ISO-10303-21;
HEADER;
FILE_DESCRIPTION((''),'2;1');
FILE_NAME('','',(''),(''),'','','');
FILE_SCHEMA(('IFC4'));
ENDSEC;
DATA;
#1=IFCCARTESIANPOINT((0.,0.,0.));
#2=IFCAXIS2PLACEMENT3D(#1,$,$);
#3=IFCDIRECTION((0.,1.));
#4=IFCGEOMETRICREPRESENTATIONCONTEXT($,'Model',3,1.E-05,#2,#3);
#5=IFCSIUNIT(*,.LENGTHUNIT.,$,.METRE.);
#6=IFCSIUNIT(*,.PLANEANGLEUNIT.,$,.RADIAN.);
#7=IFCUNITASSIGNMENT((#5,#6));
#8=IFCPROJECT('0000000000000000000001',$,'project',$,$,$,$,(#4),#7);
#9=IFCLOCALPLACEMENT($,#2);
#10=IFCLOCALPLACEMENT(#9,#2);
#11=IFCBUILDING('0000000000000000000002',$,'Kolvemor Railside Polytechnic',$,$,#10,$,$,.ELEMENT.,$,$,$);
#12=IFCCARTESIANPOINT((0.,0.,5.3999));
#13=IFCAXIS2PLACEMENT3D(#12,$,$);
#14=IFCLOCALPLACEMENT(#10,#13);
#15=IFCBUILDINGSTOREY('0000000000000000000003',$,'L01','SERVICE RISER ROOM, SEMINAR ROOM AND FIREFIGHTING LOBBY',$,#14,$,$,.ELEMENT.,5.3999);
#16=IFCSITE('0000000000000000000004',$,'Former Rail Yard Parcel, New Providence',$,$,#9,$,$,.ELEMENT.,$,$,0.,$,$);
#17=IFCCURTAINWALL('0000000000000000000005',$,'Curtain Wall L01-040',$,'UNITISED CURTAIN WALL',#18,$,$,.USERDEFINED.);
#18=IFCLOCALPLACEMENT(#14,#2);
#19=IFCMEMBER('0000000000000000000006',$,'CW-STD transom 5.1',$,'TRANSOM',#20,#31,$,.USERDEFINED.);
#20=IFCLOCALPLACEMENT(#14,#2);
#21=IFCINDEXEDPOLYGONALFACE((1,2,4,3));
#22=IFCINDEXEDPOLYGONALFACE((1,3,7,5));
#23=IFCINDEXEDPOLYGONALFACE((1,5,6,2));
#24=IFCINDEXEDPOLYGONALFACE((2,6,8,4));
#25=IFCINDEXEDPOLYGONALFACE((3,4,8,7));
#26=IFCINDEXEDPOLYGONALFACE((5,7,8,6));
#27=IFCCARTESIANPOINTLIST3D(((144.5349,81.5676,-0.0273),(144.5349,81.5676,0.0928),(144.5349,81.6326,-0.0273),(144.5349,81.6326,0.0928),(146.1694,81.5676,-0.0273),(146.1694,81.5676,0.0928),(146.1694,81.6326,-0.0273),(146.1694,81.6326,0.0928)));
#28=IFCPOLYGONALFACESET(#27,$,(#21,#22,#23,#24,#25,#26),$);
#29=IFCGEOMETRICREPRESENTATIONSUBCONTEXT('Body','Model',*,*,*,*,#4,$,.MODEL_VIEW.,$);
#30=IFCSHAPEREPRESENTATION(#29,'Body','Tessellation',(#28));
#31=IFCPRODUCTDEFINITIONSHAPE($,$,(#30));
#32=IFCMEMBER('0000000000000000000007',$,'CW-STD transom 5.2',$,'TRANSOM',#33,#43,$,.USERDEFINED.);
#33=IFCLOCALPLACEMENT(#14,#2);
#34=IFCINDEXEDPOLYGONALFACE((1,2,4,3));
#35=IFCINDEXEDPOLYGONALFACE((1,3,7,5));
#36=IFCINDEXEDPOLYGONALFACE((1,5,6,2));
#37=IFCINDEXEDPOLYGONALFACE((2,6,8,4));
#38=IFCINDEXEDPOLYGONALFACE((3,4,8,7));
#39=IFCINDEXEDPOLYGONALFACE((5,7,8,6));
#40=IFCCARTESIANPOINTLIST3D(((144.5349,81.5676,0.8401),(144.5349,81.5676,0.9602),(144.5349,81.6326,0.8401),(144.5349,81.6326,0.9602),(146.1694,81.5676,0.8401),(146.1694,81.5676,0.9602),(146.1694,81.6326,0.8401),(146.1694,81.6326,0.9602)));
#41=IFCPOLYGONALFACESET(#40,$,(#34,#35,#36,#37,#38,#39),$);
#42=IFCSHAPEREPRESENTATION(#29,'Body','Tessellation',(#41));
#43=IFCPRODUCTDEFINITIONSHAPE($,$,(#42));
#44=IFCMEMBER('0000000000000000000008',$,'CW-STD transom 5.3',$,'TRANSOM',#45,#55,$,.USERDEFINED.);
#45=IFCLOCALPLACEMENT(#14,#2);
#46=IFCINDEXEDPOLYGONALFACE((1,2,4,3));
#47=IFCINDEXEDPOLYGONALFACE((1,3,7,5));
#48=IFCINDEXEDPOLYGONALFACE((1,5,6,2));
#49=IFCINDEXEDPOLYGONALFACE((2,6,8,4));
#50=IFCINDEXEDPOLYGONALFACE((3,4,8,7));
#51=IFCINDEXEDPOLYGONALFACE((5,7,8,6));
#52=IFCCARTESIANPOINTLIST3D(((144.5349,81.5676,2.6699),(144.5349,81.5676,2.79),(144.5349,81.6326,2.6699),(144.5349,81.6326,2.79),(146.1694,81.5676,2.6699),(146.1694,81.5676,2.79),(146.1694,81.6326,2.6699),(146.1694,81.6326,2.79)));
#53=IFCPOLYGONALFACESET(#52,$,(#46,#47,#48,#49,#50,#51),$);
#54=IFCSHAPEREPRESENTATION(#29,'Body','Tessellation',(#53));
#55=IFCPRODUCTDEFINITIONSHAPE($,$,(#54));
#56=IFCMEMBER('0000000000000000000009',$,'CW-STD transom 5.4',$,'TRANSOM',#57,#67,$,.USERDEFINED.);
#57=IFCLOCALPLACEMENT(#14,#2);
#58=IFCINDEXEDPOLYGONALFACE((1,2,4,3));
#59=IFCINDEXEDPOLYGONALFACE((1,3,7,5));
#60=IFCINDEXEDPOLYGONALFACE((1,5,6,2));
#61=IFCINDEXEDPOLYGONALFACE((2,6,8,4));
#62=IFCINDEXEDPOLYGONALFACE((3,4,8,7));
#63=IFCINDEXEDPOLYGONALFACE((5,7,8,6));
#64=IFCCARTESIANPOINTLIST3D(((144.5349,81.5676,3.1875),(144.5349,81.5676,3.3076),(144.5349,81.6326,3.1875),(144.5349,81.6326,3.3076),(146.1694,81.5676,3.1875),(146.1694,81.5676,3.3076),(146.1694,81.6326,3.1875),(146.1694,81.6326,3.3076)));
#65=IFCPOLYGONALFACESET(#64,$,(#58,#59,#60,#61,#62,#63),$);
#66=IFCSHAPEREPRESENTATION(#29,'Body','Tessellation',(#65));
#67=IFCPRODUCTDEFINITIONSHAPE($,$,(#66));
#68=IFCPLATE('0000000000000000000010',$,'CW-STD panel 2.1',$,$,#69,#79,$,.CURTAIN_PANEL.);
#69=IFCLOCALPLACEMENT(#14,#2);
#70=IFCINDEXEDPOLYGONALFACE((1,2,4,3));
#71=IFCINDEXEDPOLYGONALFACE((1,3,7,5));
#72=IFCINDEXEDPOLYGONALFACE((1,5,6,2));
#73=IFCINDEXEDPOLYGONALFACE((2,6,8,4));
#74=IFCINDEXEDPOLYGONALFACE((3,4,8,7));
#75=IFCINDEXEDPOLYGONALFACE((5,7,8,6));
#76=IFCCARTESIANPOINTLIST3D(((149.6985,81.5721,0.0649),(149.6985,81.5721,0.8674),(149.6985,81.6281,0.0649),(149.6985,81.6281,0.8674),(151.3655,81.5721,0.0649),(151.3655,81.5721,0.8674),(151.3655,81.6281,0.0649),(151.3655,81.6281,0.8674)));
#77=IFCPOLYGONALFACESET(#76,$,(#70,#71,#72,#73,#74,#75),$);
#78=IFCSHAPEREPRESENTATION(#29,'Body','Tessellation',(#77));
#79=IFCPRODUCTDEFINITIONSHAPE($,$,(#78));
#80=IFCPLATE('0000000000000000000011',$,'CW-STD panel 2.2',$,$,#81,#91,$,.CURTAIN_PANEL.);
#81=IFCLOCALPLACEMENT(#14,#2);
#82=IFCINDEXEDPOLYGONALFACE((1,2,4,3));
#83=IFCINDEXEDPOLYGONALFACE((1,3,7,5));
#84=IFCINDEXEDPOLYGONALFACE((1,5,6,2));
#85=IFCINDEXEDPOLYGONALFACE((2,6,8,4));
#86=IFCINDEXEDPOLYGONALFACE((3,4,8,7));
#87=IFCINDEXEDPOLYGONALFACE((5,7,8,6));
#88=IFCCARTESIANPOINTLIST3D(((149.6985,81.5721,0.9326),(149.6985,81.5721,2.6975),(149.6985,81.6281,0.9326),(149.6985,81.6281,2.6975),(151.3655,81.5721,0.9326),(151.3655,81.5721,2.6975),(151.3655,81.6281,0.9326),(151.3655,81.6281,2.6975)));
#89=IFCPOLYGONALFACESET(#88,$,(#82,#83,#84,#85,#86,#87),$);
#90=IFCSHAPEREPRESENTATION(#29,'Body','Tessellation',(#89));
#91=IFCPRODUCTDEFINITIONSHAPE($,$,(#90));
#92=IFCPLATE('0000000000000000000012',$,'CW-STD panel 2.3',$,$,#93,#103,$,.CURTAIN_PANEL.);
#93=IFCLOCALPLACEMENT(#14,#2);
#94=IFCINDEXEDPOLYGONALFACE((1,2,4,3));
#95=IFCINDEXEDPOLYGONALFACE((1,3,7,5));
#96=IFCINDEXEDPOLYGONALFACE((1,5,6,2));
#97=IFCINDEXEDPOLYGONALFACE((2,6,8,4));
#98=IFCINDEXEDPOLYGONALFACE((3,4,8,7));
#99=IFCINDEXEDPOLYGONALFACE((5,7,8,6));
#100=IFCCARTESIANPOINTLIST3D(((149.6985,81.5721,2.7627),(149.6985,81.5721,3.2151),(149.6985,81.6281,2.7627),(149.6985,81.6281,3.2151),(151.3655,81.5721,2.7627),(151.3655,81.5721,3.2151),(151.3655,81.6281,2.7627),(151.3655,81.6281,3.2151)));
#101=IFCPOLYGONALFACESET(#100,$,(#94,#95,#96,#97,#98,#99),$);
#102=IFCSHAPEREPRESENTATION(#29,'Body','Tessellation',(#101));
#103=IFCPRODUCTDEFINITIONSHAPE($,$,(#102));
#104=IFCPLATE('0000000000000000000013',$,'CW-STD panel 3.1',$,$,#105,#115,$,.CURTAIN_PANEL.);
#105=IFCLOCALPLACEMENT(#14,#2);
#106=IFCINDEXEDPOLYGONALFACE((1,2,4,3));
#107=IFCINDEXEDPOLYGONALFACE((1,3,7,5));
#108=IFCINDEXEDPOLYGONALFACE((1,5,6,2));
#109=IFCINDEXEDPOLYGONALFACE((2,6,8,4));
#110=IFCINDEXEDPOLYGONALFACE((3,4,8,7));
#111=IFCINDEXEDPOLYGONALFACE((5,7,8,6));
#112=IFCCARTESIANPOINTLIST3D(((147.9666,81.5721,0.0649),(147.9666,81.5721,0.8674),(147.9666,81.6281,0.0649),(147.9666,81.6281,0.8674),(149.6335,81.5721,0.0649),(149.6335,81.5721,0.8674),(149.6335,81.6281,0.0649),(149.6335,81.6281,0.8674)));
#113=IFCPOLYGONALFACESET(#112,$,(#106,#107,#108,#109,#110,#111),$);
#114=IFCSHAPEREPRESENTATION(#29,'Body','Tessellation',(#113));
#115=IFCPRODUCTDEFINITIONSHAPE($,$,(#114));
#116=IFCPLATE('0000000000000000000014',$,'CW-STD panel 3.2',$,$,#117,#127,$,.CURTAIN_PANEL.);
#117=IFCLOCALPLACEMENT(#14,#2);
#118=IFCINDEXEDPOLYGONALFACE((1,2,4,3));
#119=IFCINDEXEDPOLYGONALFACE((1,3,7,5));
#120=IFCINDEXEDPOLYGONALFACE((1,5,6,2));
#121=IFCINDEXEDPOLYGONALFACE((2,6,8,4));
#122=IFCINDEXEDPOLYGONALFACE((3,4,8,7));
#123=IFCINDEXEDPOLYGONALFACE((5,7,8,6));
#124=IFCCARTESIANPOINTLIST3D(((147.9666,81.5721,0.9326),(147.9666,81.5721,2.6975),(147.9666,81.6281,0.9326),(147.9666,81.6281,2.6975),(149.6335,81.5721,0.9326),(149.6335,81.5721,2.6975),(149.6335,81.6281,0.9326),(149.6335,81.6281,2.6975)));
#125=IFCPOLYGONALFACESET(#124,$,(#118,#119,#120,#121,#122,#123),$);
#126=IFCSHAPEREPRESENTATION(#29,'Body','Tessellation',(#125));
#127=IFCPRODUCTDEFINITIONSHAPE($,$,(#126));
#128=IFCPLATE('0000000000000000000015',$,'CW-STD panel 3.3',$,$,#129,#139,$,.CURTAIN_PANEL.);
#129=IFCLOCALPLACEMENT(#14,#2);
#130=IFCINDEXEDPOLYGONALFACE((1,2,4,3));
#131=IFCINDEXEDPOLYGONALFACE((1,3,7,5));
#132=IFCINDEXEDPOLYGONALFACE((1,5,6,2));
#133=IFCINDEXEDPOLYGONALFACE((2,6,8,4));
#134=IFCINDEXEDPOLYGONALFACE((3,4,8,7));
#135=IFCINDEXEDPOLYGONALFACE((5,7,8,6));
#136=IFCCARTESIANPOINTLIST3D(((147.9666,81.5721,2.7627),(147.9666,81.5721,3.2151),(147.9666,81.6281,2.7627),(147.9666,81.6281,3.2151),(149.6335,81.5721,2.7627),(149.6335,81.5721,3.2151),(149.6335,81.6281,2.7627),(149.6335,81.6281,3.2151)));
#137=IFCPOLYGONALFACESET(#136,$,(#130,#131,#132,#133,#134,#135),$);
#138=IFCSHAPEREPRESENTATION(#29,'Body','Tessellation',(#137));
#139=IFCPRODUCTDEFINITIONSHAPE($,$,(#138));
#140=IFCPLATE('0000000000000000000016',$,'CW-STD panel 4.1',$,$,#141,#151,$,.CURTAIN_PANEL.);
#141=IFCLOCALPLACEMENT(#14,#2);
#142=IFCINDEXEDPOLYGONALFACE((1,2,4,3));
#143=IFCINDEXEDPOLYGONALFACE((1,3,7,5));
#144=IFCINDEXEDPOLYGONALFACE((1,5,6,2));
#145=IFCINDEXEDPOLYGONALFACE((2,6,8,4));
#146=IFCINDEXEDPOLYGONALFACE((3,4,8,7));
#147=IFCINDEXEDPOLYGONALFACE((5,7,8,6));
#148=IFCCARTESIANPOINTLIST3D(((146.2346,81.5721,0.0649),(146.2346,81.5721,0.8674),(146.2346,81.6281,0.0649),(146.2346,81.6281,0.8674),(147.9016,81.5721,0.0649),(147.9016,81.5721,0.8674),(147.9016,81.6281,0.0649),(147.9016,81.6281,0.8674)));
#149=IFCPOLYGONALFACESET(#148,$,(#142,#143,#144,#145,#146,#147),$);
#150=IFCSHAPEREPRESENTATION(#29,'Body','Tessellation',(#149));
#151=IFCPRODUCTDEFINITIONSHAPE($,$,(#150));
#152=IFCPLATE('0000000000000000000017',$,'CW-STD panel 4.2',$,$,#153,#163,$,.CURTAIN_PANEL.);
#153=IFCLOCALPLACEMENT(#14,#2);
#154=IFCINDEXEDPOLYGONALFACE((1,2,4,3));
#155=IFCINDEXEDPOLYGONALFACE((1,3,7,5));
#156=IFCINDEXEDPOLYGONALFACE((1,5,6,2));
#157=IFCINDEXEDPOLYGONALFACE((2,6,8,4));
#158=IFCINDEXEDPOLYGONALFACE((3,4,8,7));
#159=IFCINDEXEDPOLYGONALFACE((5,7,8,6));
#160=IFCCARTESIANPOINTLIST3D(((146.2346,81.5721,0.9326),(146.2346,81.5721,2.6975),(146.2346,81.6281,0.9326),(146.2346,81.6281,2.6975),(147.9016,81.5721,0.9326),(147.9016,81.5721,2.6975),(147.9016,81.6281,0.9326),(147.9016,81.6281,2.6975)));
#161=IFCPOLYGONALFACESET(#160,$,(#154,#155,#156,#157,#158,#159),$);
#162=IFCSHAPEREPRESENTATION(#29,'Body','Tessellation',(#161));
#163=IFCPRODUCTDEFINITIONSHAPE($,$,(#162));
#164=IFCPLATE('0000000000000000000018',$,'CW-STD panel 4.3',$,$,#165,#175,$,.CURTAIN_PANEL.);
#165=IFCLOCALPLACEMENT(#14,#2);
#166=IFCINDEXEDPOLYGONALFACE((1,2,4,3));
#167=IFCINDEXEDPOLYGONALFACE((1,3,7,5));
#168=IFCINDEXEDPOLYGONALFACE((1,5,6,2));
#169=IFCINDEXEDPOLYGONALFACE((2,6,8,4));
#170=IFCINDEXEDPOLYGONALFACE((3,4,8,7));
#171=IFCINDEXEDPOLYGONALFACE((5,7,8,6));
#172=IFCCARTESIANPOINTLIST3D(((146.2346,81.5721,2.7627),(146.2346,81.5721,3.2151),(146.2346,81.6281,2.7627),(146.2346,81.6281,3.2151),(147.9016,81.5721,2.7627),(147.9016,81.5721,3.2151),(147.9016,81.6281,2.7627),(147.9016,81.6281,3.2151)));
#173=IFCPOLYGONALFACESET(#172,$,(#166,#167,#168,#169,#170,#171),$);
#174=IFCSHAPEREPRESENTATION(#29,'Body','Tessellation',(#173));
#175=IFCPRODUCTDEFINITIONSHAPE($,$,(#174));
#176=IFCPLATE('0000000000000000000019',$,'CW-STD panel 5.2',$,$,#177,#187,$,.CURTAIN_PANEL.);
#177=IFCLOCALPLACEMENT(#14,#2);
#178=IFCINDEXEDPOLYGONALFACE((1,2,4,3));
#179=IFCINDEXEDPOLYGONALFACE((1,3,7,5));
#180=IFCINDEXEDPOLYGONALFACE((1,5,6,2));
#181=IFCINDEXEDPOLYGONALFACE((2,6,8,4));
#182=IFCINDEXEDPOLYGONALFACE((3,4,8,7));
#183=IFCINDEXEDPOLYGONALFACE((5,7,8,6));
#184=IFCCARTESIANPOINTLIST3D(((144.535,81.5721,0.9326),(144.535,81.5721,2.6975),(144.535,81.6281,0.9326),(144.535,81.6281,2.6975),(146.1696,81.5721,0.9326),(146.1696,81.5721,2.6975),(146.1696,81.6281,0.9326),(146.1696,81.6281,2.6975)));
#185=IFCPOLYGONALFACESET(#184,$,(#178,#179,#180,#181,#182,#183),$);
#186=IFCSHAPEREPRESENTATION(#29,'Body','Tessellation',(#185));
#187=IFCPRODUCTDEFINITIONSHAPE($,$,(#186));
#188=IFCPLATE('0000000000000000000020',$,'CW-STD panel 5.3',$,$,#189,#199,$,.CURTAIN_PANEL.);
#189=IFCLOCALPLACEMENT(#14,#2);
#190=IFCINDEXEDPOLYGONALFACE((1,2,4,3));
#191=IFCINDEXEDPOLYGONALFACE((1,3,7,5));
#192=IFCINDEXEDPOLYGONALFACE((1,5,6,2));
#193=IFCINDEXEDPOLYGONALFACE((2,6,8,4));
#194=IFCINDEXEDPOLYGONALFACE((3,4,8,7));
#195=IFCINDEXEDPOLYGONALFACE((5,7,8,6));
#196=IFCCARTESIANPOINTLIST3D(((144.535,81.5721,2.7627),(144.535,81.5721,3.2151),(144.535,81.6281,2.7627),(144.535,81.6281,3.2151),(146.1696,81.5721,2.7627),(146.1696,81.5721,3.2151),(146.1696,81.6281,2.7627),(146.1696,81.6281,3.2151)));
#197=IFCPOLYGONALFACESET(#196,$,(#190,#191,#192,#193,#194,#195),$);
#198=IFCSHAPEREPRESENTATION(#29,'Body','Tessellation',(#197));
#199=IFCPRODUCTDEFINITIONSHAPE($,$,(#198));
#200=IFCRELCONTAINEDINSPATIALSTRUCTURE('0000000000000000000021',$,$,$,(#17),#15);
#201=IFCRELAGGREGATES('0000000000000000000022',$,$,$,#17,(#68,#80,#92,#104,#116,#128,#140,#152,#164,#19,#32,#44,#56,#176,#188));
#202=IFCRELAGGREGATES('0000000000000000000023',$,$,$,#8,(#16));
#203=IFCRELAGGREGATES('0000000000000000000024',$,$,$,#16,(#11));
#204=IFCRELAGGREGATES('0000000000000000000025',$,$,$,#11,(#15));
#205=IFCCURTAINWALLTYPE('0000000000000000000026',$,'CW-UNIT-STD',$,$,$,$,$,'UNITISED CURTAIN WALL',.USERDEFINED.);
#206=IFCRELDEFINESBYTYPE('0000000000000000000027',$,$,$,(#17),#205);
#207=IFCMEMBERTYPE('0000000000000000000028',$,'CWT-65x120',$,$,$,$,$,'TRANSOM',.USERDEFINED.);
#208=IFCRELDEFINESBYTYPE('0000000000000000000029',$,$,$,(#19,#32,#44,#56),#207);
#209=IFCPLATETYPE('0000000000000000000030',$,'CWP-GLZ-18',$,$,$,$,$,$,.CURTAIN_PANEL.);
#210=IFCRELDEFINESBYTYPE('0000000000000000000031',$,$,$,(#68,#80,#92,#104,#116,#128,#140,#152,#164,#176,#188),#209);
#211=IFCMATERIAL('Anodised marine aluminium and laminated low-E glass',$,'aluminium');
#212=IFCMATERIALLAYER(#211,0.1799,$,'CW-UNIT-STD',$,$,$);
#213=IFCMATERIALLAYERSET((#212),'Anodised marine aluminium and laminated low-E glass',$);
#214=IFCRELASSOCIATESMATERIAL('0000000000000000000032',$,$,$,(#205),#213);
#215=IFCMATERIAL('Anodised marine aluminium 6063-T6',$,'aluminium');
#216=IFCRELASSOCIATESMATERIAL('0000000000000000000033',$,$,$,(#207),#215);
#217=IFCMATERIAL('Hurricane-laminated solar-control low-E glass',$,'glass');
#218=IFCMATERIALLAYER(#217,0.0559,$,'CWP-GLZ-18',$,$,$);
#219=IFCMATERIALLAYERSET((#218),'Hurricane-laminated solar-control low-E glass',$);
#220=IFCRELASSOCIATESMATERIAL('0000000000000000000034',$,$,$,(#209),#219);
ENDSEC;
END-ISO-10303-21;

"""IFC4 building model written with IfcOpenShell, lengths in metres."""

from ifc_helpers import new_model, si_unit, direction, frame, origin, origin_2d, place, context, subcontext, project, spatial, rectangle, extrude, material, layer, layer_set, material_profile, profile_set, type_object, element, aggregate, save


model = new_model("IFC4")

# Units and contexts
model_context = context("Model", 3, precision=1e-05, world=origin(), true_north=direction((0.0, 1.0)))
body_context = subcontext(model_context, "Body", "Model", "MODEL_VIEW")
ifc_project = project(units=[si_unit("LENGTHUNIT", "METRE"), si_unit("PLANEANGLEUNIT", "RADIAN")], contexts=[model_context])

# Site, building, storey
site_placement = place(None, origin())
site = spatial("IfcSite", under=ifc_project, at=site_placement, Name="Former Rail Yard Parcel, New Providence", CompositionType="ELEMENT", RefElevation=0.0)
building_placement = place(site_placement, origin())
building = spatial("IfcBuilding", under=site, at=building_placement, Name="Kolvemor Railside Polytechnic", CompositionType="ELEMENT")
storey_placement = place(building_placement, frame((0.0, 0.0, 5.3999)))
storey = spatial("IfcBuildingStorey", under=building, at=storey_placement, Name="L01", Description="SERVICE RISER ROOM, SEMINAR ROOM AND FIREFIGHTING LOBBY", CompositionType="ELEMENT", Elevation=5.3999)

# Curtain wall, members, plates
ifc_material_1 = material(Name="Anodised marine aluminium and laminated low-E glass", Category="aluminium")
ifc_layer_1 = layer(ifc_material_1, 0.1799, Name="CW-UNIT-STD")
ifc_layer_set_1 = layer_set([ifc_layer_1], Name="Anodised marine aluminium and laminated low-E glass")
curtain_wall_type = type_object("IfcCurtainWallType", Name="CW-UNIT-STD", ElementType="UNITISED CURTAIN WALL", PredefinedType="USERDEFINED", material=ifc_layer_set_1)
curtain_wall_placement = place(storey_placement, origin())
curtain_wall = element("IfcCurtainWall", 1, at=curtain_wall_placement, inside=storey, type_object=curtain_wall_type, Name="Curtain Wall L01-040", ObjectType="UNITISED CURTAIN WALL", PredefinedType="USERDEFINED")
ifc_material_2 = material(Name="Anodised marine aluminium 6063-T6", Category="aluminium")
ifc_material_profile_1 = material_profile(ifc_material_2, rectangle(XDim=0.0649, YDim=0.1201, at=origin_2d()), Name="CW-TRN-65x120")
ifc_profile_set_1 = profile_set([ifc_material_profile_1], Name="Anodised marine aluminium 6063-T6")
member_type_1 = type_object("IfcMemberType", Name="CWT-65x120", ElementType="TRANSOM", PredefinedType="USERDEFINED", material=ifc_profile_set_1)
member_1_placement = place(storey_placement, frame((146.1694, 81.6001, 0.0327), z_axis=(-1.0, 0.0, 0.0), x_axis=(0.0, -1.0, 0.0)))
member_1 = element("IfcMember", 2, at=member_1_placement, type_object=member_type_1, Name="CW-STD transom 5.1", ObjectType="TRANSOM", PredefinedType="USERDEFINED", context=body_context, shape_type="SweptSolid", body=[
    extrude(rectangle(XDim=0.0649, YDim=0.1201, at=origin_2d()), origin(), (0.0, 0.0, 1.0), 1.6345),
])
member_2_placement = place(storey_placement, frame((146.1694, 81.6001, 0.9001), z_axis=(-1.0, 0.0, 0.0), x_axis=(0.0, -1.0, 0.0)))
member_2 = element("IfcMember", 3, at=member_2_placement, type_object=member_type_1, Name="CW-STD transom 5.2", ObjectType="TRANSOM", PredefinedType="USERDEFINED", context=body_context, shape_type="SweptSolid", body=[
    extrude(rectangle(XDim=0.0649, YDim=0.1201, at=origin_2d()), origin(), (0.0, 0.0, 1.0), 1.6345),
])
member_3_placement = place(storey_placement, frame((146.1694, 81.6001, 2.73), z_axis=(-1.0, 0.0, 0.0), x_axis=(0.0, -1.0, 0.0)))
member_3 = element("IfcMember", 4, at=member_3_placement, type_object=member_type_1, Name="CW-STD transom 5.3", ObjectType="TRANSOM", PredefinedType="USERDEFINED", context=body_context, shape_type="SweptSolid", body=[
    extrude(rectangle(XDim=0.0649, YDim=0.1201, at=origin_2d()), origin(), (0.0, 0.0, 1.0), 1.6345),
])
member_4_placement = place(storey_placement, frame((146.1694, 81.6001, 3.2476), z_axis=(-1.0, 0.0, 0.0), x_axis=(0.0, -1.0, 0.0)))
member_4 = element("IfcMember", 5, at=member_4_placement, type_object=member_type_1, Name="CW-STD transom 5.4", ObjectType="TRANSOM", PredefinedType="USERDEFINED", context=body_context, shape_type="SweptSolid", body=[
    extrude(rectangle(XDim=0.0649, YDim=0.1201, at=origin_2d()), origin(), (0.0, 0.0, 1.0), 1.6345),
])
ifc_material_3 = material(Name="Hurricane-laminated solar-control low-E glass", Category="glass")
ifc_layer_2 = layer(ifc_material_3, 0.0559, Name="CWP-GLZ-18")
ifc_layer_set_2 = layer_set([ifc_layer_2], Name="Hurricane-laminated solar-control low-E glass")
plate_type = type_object("IfcPlateType", Name="CWP-GLZ-18", PredefinedType="CURTAIN_PANEL", material=ifc_layer_set_2)
plate_1_placement = place(storey_placement, frame((150.532, 81.6001, 0.0649), z_axis=(0.0, 0.0, 1.0), x_axis=(-1.0, 0.0, 0.0)))
plate_1 = element("IfcPlate", 6, at=plate_1_placement, type_object=plate_type, Name="CW-STD panel 2.1", PredefinedType="CURTAIN_PANEL", context=body_context, shape_type="SweptSolid", body=[
    extrude(rectangle(XDim=1.667, YDim=0.0559, at=origin_2d()), origin(), (0.0, 0.0, 1.0), 0.8025),
])
plate_2_placement = place(storey_placement, frame((150.532, 81.6001, 0.9326), z_axis=(0.0, 0.0, 1.0), x_axis=(-1.0, 0.0, 0.0)))
plate_2 = element("IfcPlate", 7, at=plate_2_placement, type_object=plate_type, Name="CW-STD panel 2.2", PredefinedType="CURTAIN_PANEL", context=body_context, shape_type="SweptSolid", body=[
    extrude(rectangle(XDim=1.667, YDim=0.0559, at=origin_2d()), origin(), (0.0, 0.0, 1.0), 1.7649),
])
plate_3_placement = place(storey_placement, frame((150.532, 81.6001, 2.7627), z_axis=(0.0, 0.0, 1.0), x_axis=(-1.0, 0.0, 0.0)))
plate_3 = element("IfcPlate", 8, at=plate_3_placement, type_object=plate_type, Name="CW-STD panel 2.3", PredefinedType="CURTAIN_PANEL", context=body_context, shape_type="SweptSolid", body=[
    extrude(rectangle(XDim=1.667, YDim=0.0559, at=origin_2d()), origin(), (0.0, 0.0, 1.0), 0.4524),
])
plate_4_placement = place(storey_placement, frame((148.8, 81.6001, 0.0649), z_axis=(0.0, 0.0, 1.0), x_axis=(-1.0, 0.0, 0.0)))
plate_4 = element("IfcPlate", 9, at=plate_4_placement, type_object=plate_type, Name="CW-STD panel 3.1", PredefinedType="CURTAIN_PANEL", context=body_context, shape_type="SweptSolid", body=[
    extrude(rectangle(XDim=1.667, YDim=0.0559, at=origin_2d()), origin(), (0.0, 0.0, 1.0), 0.8025),
])
plate_5_placement = place(storey_placement, frame((148.8, 81.6001, 0.9326), z_axis=(0.0, 0.0, 1.0), x_axis=(-1.0, 0.0, 0.0)))
plate_5 = element("IfcPlate", 10, at=plate_5_placement, type_object=plate_type, Name="CW-STD panel 3.2", PredefinedType="CURTAIN_PANEL", context=body_context, shape_type="SweptSolid", body=[
    extrude(rectangle(XDim=1.667, YDim=0.0559, at=origin_2d()), origin(), (0.0, 0.0, 1.0), 1.7649),
])
plate_6_placement = place(storey_placement, frame((148.8, 81.6001, 2.7627), z_axis=(0.0, 0.0, 1.0), x_axis=(-1.0, 0.0, 0.0)))
plate_6 = element("IfcPlate", 11, at=plate_6_placement, type_object=plate_type, Name="CW-STD panel 3.3", PredefinedType="CURTAIN_PANEL", context=body_context, shape_type="SweptSolid", body=[
    extrude(rectangle(XDim=1.667, YDim=0.0559, at=origin_2d()), origin(), (0.0, 0.0, 1.0), 0.4524),
])
plate_7_placement = place(storey_placement, frame((147.0681, 81.6001, 0.0649), z_axis=(0.0, 0.0, 1.0), x_axis=(-1.0, 0.0, 0.0)))
plate_7 = element("IfcPlate", 12, at=plate_7_placement, type_object=plate_type, Name="CW-STD panel 4.1", PredefinedType="CURTAIN_PANEL", context=body_context, shape_type="SweptSolid", body=[
    extrude(rectangle(XDim=1.667, YDim=0.0559, at=origin_2d()), origin(), (0.0, 0.0, 1.0), 0.8025),
])
plate_8_placement = place(storey_placement, frame((147.0681, 81.6001, 0.9326), z_axis=(0.0, 0.0, 1.0), x_axis=(-1.0, 0.0, 0.0)))
plate_8 = element("IfcPlate", 13, at=plate_8_placement, type_object=plate_type, Name="CW-STD panel 4.2", PredefinedType="CURTAIN_PANEL", context=body_context, shape_type="SweptSolid", body=[
    extrude(rectangle(XDim=1.667, YDim=0.0559, at=origin_2d()), origin(), (0.0, 0.0, 1.0), 1.7649),
])
plate_9_placement = place(storey_placement, frame((147.0681, 81.6001, 2.7627), z_axis=(0.0, 0.0, 1.0), x_axis=(-1.0, 0.0, 0.0)))
plate_9 = element("IfcPlate", 14, at=plate_9_placement, type_object=plate_type, Name="CW-STD panel 4.3", PredefinedType="CURTAIN_PANEL", context=body_context, shape_type="SweptSolid", body=[
    extrude(rectangle(XDim=1.667, YDim=0.0559, at=origin_2d()), origin(), (0.0, 0.0, 1.0), 0.4524),
])
plate_10_placement = place(storey_placement, frame((145.3523, 81.6001, 0.9326), z_axis=(0.0, 0.0, 1.0), x_axis=(-1.0, 0.0, 0.0)))
plate_10 = element("IfcPlate", 15, at=plate_10_placement, type_object=plate_type, Name="CW-STD panel 5.2", PredefinedType="CURTAIN_PANEL", context=body_context, shape_type="SweptSolid", body=[
    extrude(rectangle(XDim=1.6345, YDim=0.0559, at=origin_2d()), origin(), (0.0, 0.0, 1.0), 1.7649),
])
plate_11_placement = place(storey_placement, frame((145.3523, 81.6001, 2.7627), z_axis=(0.0, 0.0, 1.0), x_axis=(-1.0, 0.0, 0.0)))
plate_11 = element("IfcPlate", 16, at=plate_11_placement, type_object=plate_type, Name="CW-STD panel 5.3", PredefinedType="CURTAIN_PANEL", context=body_context, shape_type="SweptSolid", body=[
    extrude(rectangle(XDim=1.6345, YDim=0.0559, at=origin_2d()), origin(), (0.0, 0.0, 1.0), 0.4524),
])
aggregate(curtain_wall, [plate_1, plate_2, plate_3, plate_4, plate_5, plate_6, plate_7, plate_8, plate_9, member_1, member_2, member_3, member_4, plate_10, plate_11])

save(model, "model.ifc")
